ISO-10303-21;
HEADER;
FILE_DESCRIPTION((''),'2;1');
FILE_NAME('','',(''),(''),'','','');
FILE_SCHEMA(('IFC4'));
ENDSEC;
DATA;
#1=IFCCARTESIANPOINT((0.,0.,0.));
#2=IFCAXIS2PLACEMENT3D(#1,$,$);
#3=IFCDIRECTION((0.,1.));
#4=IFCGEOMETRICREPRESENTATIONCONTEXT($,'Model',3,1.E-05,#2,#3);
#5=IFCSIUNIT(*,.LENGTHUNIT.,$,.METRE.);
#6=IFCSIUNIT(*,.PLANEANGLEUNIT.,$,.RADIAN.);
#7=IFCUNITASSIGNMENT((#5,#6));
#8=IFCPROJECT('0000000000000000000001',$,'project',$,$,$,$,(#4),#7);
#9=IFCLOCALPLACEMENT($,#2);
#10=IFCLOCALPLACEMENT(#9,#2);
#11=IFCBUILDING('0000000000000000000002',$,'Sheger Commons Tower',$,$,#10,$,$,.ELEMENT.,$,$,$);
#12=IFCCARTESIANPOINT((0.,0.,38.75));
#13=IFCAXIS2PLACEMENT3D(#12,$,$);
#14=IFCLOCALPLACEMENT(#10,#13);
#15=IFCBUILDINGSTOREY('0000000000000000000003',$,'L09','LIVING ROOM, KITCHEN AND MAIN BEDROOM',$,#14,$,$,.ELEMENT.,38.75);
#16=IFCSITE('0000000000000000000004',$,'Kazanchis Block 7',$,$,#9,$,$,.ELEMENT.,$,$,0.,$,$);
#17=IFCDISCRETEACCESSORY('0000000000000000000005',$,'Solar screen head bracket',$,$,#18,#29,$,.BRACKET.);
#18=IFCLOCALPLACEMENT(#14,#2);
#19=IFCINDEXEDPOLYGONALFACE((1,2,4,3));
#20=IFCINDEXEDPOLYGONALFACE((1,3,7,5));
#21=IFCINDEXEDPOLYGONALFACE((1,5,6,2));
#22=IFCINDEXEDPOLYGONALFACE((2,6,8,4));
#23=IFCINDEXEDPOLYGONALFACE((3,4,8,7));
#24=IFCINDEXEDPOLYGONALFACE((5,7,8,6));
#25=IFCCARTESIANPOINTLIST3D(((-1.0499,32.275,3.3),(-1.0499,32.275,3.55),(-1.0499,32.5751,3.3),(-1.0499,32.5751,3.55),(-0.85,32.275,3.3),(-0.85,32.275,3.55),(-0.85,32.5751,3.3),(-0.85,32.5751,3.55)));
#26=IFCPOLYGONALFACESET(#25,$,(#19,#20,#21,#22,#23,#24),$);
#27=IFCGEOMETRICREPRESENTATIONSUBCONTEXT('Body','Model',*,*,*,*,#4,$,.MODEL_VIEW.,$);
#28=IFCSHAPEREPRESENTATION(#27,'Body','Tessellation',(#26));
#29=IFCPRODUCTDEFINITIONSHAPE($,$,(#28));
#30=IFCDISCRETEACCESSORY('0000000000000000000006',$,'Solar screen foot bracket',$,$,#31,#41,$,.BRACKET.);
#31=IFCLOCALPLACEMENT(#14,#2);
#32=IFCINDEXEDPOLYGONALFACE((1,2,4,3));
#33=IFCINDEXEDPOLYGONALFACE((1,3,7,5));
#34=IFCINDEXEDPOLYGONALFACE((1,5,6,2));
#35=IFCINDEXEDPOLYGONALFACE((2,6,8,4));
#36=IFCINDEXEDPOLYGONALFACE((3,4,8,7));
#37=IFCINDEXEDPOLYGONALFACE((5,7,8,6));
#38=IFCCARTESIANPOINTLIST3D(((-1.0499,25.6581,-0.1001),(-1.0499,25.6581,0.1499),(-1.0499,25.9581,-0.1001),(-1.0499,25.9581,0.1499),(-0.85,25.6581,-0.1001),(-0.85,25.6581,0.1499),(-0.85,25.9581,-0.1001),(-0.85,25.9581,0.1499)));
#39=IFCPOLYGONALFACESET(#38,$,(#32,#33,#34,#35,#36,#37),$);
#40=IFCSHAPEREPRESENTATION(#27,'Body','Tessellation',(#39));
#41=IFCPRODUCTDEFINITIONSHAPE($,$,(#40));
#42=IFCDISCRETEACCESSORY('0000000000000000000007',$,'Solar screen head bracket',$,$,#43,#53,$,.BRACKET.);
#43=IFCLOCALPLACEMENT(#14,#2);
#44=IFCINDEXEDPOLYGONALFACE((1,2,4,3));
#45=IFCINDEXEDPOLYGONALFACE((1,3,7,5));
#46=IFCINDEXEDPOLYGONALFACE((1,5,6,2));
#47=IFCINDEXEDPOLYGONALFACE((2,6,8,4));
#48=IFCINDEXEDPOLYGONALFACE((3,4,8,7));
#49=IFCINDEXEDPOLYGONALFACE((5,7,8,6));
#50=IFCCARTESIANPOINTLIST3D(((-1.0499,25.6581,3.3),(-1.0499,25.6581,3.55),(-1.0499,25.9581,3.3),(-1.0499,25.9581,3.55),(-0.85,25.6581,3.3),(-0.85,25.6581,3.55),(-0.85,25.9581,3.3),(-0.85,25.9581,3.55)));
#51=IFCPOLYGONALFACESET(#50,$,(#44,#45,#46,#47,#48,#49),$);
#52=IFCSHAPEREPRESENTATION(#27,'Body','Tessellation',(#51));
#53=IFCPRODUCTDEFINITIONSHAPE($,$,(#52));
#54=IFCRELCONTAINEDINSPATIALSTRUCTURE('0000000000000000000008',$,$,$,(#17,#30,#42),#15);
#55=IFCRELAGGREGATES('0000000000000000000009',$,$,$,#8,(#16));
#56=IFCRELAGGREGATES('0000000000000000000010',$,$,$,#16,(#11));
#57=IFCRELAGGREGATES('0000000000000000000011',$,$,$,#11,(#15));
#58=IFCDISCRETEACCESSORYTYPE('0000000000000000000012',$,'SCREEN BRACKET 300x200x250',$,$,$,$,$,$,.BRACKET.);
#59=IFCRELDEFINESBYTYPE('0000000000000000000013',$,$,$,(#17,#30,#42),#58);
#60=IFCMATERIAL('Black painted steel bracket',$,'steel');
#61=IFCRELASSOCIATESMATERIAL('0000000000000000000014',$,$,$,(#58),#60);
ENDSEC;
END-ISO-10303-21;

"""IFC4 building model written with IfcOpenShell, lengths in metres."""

from ifc_helpers import new_model, si_unit, direction, frame, origin, origin_2d, place, context, subcontext, project, spatial, rectangle, extrude, material, type_object, element, save


model = new_model("IFC4")

# Units and contexts
model_context = context("Model", 3, precision=1e-05, world=origin(), true_north=direction((0.0, 1.0)))
body_context = subcontext(model_context, "Body", "Model", "MODEL_VIEW")
ifc_project = project(units=[si_unit("LENGTHUNIT", "METRE"), si_unit("PLANEANGLEUNIT", "RADIAN")], contexts=[model_context])

# Site, building, storey
site_placement = place(None, origin())
site = spatial("IfcSite", under=ifc_project, at=site_placement, Name="Kazanchis Block 7", CompositionType="ELEMENT", RefElevation=0.0)
building_placement = place(site_placement, origin())
building = spatial("IfcBuilding", under=site, at=building_placement, Name="Sheger Commons Tower", CompositionType="ELEMENT")
storey_placement = place(building_placement, frame((0.0, 0.0, 38.75)))
storey = spatial("IfcBuildingStorey", under=building, at=storey_placement, Name="L09", Description="LIVING ROOM, KITCHEN AND MAIN BEDROOM", CompositionType="ELEMENT", Elevation=38.75)

# Discrete accessories
ifc_material_1 = material(Name="Black painted steel bracket", Category="steel")
discrete_accessory_type = type_object("IfcDiscreteAccessoryType", Name="SCREEN BRACKET 300x200x250", PredefinedType="BRACKET", material=ifc_material_1)
for number, where, z_axis, x_axis, name in (
    (1, (-0.95, 32.425, 3.3), (0.0, 0.0, 1.0), (0.0, -1.0, 0.0), "Solar screen head bracket"),
    (2, (-0.95, 25.8081, -0.1001), (0.0, 0.0, 1.0), (0.0, -1.0, 0.0), "Solar screen foot bracket"),
    (3, (-0.95, 25.8081, 3.3), (0.0, 0.0, 1.0), (0.0, -1.0, 0.0), "Solar screen head bracket"),
):
    element("IfcDiscreteAccessory", number, at=place(storey_placement, frame(where, z_axis=z_axis, x_axis=x_axis)), inside=storey, type_object=discrete_accessory_type, Name=name, PredefinedType="BRACKET", context=body_context, shape_type="SweptSolid", body=[
        extrude(rectangle(XDim=0.3, YDim=0.2, at=origin_2d()), origin(), (0.0, 0.0, 1.0), 0.25),
    ])

save(model, "model.ifc")
